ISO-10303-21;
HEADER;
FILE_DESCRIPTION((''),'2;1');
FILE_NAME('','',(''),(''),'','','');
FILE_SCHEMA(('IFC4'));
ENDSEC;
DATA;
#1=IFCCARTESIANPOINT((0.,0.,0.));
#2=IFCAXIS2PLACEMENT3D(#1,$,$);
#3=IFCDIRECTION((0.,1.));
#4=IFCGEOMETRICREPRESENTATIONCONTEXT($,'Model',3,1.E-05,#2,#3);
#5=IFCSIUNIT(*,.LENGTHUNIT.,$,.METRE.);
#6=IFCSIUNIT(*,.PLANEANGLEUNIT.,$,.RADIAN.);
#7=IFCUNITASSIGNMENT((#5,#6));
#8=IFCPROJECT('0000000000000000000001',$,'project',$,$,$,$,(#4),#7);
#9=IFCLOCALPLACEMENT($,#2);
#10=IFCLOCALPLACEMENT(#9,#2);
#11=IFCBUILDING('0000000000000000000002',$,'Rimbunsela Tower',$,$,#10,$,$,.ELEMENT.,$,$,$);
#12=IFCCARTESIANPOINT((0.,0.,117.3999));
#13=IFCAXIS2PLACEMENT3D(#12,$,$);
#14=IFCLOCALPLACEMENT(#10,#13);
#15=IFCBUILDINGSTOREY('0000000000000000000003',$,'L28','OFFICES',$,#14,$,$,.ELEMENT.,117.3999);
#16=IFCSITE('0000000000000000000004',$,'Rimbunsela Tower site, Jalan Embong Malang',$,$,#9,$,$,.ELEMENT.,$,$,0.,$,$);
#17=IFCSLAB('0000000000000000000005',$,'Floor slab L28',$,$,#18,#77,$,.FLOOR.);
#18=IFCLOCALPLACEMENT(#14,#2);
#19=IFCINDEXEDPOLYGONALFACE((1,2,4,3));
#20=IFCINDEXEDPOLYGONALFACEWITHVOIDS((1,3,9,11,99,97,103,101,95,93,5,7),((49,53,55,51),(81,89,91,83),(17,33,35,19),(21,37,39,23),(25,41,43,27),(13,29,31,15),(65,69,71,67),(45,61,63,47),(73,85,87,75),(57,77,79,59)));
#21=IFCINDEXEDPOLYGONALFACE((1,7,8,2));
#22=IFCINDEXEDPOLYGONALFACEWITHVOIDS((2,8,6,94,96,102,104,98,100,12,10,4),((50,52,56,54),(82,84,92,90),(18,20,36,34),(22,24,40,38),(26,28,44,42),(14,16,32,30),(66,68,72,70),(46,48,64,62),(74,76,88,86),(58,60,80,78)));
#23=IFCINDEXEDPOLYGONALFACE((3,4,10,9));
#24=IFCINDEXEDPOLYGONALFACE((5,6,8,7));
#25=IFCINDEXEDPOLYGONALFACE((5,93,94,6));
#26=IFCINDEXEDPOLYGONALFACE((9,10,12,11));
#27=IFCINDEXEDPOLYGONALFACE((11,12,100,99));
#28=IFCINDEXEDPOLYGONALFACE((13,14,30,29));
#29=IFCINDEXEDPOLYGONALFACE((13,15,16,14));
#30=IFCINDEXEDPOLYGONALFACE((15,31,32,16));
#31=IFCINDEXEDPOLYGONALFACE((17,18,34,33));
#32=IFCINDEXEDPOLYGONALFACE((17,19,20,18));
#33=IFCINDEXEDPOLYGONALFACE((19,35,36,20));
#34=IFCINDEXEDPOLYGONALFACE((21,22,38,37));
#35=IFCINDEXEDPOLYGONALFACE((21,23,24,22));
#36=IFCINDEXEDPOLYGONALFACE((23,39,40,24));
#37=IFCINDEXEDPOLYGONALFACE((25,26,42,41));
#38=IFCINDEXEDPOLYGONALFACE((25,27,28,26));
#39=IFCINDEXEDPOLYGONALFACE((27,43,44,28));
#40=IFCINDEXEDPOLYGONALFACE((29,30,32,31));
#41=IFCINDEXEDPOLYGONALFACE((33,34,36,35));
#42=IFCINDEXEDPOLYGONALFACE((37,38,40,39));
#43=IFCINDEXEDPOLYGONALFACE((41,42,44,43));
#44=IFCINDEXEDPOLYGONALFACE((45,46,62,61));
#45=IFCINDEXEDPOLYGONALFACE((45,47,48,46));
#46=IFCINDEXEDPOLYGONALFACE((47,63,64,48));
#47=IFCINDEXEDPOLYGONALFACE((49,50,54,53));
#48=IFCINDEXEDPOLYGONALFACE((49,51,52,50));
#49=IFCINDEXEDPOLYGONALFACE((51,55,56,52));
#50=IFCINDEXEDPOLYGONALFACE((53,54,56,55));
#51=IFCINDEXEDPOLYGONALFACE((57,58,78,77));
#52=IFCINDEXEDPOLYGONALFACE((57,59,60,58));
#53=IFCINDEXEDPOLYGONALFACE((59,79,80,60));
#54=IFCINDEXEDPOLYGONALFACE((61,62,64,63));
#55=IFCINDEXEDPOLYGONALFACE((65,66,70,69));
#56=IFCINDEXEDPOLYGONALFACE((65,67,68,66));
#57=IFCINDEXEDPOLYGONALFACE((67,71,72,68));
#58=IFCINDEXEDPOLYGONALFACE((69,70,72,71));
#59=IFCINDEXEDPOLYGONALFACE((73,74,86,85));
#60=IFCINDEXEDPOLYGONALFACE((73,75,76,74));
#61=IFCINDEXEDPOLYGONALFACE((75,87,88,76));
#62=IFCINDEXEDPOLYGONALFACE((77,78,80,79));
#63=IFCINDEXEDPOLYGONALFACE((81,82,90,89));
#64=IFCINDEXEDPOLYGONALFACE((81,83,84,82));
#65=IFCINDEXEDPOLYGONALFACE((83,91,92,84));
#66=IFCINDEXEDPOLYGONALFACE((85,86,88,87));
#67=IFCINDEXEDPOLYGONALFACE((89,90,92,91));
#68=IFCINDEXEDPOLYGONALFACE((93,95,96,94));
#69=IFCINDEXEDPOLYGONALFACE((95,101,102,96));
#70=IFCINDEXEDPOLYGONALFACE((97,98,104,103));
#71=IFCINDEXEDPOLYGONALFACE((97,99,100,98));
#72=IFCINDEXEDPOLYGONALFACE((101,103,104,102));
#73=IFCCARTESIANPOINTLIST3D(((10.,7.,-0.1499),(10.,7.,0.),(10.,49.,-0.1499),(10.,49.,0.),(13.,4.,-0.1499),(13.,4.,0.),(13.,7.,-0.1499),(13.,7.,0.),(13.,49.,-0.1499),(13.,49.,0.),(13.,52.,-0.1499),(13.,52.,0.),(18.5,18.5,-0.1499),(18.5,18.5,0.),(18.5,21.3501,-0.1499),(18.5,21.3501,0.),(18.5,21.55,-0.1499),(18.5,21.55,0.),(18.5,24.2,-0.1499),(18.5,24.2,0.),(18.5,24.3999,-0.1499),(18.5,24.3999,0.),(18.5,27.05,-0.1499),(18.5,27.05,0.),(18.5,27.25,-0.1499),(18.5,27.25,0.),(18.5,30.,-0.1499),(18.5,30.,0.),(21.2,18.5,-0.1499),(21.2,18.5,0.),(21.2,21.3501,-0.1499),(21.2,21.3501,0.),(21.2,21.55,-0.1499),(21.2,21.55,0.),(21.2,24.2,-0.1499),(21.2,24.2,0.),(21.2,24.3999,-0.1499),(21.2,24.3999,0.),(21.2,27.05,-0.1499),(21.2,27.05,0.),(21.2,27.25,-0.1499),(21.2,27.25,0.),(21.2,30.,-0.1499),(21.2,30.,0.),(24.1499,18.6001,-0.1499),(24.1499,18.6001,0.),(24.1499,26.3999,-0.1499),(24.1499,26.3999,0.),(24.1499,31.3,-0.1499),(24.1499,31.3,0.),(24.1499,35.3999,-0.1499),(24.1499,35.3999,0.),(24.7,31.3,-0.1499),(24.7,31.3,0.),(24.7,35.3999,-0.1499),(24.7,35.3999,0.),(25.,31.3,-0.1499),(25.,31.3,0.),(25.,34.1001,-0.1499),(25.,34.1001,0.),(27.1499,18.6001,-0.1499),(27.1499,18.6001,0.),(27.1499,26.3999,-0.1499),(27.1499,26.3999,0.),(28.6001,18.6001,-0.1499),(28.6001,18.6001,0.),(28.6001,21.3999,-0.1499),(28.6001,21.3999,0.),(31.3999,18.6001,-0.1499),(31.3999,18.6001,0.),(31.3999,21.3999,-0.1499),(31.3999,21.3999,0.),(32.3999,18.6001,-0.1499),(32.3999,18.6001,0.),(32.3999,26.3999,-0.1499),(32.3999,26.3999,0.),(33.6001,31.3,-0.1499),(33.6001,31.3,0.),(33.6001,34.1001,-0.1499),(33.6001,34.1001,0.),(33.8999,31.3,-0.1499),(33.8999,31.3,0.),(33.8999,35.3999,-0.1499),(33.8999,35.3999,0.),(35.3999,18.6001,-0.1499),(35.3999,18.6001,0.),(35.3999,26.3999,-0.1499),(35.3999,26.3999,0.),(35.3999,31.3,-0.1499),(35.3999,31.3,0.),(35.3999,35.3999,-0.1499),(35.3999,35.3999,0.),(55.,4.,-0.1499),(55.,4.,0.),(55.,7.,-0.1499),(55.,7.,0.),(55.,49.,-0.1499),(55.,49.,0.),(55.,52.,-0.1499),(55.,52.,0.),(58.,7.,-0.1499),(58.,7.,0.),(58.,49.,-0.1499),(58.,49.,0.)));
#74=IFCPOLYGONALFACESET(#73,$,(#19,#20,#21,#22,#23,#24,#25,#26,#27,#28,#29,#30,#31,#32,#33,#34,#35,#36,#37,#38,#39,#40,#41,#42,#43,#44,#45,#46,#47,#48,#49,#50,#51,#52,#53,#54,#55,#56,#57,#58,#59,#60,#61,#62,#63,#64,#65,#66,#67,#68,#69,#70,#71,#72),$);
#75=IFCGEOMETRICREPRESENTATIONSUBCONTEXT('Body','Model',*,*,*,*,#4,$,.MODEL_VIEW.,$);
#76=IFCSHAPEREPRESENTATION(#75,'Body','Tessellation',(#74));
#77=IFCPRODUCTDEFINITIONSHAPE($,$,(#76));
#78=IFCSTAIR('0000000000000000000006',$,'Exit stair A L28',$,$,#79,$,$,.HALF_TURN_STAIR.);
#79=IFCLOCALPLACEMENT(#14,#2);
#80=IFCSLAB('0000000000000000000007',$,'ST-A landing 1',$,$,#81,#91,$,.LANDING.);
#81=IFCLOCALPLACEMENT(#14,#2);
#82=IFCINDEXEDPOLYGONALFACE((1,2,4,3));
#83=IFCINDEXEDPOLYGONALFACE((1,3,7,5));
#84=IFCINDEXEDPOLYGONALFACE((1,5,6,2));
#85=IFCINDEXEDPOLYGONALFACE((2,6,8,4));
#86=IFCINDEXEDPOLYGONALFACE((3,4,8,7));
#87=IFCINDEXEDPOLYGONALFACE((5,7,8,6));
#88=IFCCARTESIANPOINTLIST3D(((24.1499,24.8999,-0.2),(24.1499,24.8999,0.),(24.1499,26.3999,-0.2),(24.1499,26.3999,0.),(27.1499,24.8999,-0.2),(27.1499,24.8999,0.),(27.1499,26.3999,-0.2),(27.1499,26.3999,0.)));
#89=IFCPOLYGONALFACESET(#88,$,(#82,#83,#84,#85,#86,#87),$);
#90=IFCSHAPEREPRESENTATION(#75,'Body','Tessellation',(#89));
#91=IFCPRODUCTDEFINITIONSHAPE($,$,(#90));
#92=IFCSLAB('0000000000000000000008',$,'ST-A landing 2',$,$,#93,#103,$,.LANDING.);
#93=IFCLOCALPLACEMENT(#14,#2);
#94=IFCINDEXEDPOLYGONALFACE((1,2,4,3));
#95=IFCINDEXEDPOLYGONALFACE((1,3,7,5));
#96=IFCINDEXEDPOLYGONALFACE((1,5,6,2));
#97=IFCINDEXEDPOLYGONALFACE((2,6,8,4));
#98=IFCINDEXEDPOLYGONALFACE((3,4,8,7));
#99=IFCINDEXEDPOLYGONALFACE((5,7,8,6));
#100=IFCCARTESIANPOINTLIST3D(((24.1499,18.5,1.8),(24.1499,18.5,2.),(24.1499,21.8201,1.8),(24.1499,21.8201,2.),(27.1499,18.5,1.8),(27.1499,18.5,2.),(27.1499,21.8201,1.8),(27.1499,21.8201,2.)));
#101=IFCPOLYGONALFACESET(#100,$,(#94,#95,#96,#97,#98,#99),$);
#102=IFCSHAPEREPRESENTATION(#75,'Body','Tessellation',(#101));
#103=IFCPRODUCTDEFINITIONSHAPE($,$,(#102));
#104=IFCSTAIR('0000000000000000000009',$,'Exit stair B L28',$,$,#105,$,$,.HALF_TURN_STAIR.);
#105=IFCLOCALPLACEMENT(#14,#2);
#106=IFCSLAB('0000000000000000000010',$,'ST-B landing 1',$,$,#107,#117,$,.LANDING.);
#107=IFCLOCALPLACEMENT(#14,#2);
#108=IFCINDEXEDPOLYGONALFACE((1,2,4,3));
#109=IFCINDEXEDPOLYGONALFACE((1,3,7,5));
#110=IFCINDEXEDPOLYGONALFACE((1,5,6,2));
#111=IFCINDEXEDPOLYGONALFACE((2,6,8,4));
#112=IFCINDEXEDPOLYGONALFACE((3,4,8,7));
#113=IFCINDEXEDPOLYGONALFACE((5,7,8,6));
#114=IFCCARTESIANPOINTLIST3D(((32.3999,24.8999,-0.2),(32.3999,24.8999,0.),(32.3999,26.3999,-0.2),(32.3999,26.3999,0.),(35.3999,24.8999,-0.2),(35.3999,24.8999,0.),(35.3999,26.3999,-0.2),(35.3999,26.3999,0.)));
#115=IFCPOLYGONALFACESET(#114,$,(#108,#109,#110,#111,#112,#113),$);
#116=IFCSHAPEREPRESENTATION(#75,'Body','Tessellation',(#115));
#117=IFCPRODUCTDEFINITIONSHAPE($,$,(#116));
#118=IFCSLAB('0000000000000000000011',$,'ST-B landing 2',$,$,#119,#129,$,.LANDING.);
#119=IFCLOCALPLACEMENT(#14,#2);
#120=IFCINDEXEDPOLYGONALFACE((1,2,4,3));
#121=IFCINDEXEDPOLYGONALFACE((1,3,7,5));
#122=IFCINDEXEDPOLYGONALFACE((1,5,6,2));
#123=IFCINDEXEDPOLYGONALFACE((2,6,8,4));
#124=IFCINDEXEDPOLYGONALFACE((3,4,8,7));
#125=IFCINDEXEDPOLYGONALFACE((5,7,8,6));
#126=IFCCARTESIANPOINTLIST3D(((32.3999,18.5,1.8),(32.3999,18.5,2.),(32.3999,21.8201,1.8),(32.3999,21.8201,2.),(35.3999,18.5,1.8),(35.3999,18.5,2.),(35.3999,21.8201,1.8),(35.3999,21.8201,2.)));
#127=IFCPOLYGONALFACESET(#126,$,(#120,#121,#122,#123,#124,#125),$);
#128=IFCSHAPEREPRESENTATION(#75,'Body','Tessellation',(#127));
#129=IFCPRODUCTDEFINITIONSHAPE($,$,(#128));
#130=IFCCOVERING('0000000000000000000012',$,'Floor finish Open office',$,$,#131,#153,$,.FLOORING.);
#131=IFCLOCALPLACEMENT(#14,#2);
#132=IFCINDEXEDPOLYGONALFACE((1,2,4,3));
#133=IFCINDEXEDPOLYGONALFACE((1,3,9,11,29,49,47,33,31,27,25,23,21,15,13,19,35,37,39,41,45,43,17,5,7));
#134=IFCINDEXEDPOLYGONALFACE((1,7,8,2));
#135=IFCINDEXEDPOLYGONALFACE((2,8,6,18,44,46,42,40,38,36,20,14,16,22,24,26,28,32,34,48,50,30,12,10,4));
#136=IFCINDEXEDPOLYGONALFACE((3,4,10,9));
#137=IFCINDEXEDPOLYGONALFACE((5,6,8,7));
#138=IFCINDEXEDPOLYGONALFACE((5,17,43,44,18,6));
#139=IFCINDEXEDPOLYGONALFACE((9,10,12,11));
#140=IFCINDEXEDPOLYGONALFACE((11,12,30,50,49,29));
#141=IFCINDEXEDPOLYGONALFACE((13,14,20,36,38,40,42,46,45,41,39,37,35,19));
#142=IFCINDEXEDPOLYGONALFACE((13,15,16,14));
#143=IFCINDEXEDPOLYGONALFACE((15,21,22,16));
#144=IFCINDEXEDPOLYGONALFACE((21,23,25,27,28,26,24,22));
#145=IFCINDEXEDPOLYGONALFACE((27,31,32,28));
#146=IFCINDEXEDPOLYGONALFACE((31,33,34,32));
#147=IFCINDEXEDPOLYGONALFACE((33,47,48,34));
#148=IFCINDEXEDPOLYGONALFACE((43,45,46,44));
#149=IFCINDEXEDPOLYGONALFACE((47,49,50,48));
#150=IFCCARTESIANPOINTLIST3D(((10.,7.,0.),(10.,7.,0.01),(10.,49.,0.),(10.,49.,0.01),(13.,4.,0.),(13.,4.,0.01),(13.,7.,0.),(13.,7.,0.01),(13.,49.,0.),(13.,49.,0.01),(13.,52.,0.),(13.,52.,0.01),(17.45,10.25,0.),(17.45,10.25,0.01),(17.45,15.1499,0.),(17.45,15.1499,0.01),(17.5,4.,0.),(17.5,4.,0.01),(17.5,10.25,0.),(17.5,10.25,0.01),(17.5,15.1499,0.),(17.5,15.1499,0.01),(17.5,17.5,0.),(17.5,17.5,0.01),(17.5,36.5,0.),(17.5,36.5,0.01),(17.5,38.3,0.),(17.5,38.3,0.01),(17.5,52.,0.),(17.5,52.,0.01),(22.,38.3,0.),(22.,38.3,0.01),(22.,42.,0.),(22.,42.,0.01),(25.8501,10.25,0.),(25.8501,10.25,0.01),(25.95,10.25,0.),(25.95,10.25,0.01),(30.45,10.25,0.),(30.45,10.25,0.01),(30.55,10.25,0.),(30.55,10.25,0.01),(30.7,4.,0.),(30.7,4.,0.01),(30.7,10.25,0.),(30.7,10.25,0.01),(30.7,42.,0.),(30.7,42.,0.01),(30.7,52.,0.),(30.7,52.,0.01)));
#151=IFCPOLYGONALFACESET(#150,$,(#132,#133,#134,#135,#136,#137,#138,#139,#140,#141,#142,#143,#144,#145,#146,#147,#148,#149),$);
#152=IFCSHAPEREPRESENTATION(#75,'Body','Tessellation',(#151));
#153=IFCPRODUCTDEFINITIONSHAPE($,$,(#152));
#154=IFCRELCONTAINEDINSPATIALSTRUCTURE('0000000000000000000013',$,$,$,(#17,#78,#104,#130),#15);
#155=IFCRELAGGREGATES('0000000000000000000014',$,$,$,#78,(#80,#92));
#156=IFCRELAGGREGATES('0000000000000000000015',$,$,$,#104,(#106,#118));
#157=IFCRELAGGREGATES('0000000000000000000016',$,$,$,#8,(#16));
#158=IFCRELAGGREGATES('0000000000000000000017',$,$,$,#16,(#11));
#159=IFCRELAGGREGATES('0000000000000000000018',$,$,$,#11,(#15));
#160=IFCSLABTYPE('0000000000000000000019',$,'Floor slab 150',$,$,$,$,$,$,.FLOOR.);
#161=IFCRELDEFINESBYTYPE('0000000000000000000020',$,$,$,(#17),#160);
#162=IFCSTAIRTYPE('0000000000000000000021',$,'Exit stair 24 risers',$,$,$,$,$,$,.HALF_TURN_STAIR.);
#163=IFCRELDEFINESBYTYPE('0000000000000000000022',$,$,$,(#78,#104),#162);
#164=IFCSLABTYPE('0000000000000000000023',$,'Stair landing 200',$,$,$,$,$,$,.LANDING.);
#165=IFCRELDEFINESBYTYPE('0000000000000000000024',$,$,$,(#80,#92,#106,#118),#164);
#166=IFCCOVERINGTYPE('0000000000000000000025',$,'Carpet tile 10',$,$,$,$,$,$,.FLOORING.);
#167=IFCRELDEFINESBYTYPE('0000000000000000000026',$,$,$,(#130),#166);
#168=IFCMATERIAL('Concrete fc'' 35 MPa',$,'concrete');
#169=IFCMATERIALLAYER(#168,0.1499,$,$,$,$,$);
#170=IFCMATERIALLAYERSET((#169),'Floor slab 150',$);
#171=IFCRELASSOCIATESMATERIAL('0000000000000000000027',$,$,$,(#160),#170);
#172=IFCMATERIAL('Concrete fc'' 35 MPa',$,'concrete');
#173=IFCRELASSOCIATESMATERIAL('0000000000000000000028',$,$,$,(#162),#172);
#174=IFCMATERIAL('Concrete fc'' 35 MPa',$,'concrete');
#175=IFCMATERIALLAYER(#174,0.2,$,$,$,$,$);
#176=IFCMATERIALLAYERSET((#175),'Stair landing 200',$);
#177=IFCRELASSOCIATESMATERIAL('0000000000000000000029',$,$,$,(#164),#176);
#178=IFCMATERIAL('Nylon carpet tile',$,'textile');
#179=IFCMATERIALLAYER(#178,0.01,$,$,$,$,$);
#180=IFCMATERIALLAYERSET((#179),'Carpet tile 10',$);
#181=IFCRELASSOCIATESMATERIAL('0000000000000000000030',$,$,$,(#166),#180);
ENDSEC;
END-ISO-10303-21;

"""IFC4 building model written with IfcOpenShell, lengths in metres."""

from ifc_helpers import new_model, si_unit, direction, frame, origin, place, context, subcontext, project, spatial, polyline, outline, extrude, material, layer, layer_set, type_object, element, aggregate, save


model = new_model("IFC4")

# Units and contexts
model_context = context("Model", 3, precision=1e-05, world=origin(), true_north=direction((0.0, 1.0)))
body_context = subcontext(model_context, "Body", "Model", "MODEL_VIEW")
ifc_project = project(units=[si_unit("LENGTHUNIT", "METRE"), si_unit("PLANEANGLEUNIT", "RADIAN")], contexts=[model_context])

# Site, building, storey
site_placement = place(None, origin())
site = spatial("IfcSite", under=ifc_project, at=site_placement, Name="Rimbunsela Tower site, Jalan Embong Malang", CompositionType="ELEMENT", RefElevation=0.0)
building_placement = place(site_placement, origin())
building = spatial("IfcBuilding", under=site, at=building_placement, Name="Rimbunsela Tower", CompositionType="ELEMENT")
storey_placement = place(building_placement, frame((0.0, 0.0, 117.3999)))
storey = spatial("IfcBuildingStorey", under=building, at=storey_placement, Name="L28", Description="OFFICES", CompositionType="ELEMENT", Elevation=117.3999)

# Slab
ifc_material_1 = material(Name="Concrete fc' 35 MPa", Category="concrete")
ifc_layer_1 = layer(ifc_material_1, 0.1499)
ifc_layer_set_1 = layer_set([ifc_layer_1], Name="Floor slab 150")
slab_type_1 = type_object("IfcSlabType", Name="Floor slab 150", PredefinedType="FLOOR", material=ifc_layer_set_1)
slab_1_placement = place(storey_placement, frame((0.0, 0.0, -0.1499)))
element("IfcSlab", 1, at=slab_1_placement, inside=storey, type_object=slab_type_1, Name="Floor slab L28", PredefinedType="FLOOR", context=body_context, shape_type="SweptSolid", body=[
    extrude(outline(polyline([(13.0, 4.0), (55.0, 4.0), (55.0, 7.0), (58.0, 7.0), (58.0, 49.0), (55.0, 49.0), (55.0, 52.0), (13.0, 52.0), (13.0, 49.0), (10.0, 49.0), (10.0, 7.0), (13.0, 7.0), (13.0, 4.0)]), holes=[polyline([(21.2, 21.3501), (18.5, 21.3501), (18.5, 18.5), (21.2, 18.5), (21.2, 21.3501)]), polyline([(21.2, 21.55), (21.2, 24.2), (18.5, 24.2), (18.5, 21.55), (21.2, 21.55)]), polyline([(21.2, 27.05), (18.5, 27.05), (18.5, 24.3999), (21.2, 24.3999), (21.2, 27.05)]), polyline([(21.2, 27.25), (21.2, 30.0), (18.5, 30.0), (18.5, 27.25), (21.2, 27.25)]), polyline([(27.1499, 18.6001), (27.1499, 26.3999), (24.1499, 26.3999), (24.1499, 18.6001), (27.1499, 18.6001)]), polyline([(24.7, 31.3), (24.7, 35.3999), (24.1499, 35.3999), (24.1499, 31.3), (24.7, 31.3)]), polyline([(25.0, 34.1001), (25.0, 31.3), (33.6001, 31.3), (33.6001, 34.1001), (25.0, 34.1001)]), polyline([(31.3999, 21.3999), (28.6001, 21.3999), (28.6001, 18.6001), (31.3999, 18.6001), (31.3999, 21.3999)]), polyline([(35.3999, 18.6001), (35.3999, 26.3999), (32.3999, 26.3999), (32.3999, 18.6001), (35.3999, 18.6001)]), polyline([(35.3999, 31.3), (35.3999, 35.3999), (33.8999, 35.3999), (33.8999, 31.3), (35.3999, 31.3)])]), origin(), (0.0, 0.0, 1.0), 0.1499),
])

# Stairs, slabs
ifc_material_2 = material(Name="Concrete fc' 35 MPa", Category="concrete")
stair_type = type_object("IfcStairType", Name="Exit stair 24 risers", PredefinedType="HALF_TURN_STAIR", material=ifc_material_2)
stair_1_placement = place(storey_placement, origin())
stair_1 = element("IfcStair", 2, at=stair_1_placement, inside=storey, type_object=stair_type, Name="Exit stair A L28", PredefinedType="HALF_TURN_STAIR")
ifc_material_3 = material(Name="Concrete fc' 35 MPa", Category="concrete")
ifc_layer_2 = layer(ifc_material_3, 0.2)
ifc_layer_set_2 = layer_set([ifc_layer_2], Name="Stair landing 200")
slab_type_2 = type_object("IfcSlabType", Name="Stair landing 200", PredefinedType="LANDING", material=ifc_layer_set_2)
slab_2_placement = place(storey_placement, frame((0.0, 0.0, -0.2)))
slab_2 = element("IfcSlab", 3, at=slab_2_placement, type_object=slab_type_2, Name="ST-A landing 1", PredefinedType="LANDING", context=body_context, shape_type="SweptSolid", body=[
    extrude(outline(polyline([(24.1499, 24.8999), (27.1499, 24.8999), (27.1499, 26.3999), (24.1499, 26.3999), (24.1499, 24.8999)])), origin(), (0.0, 0.0, 1.0), 0.2),
])
slab_3_placement = place(storey_placement, frame((0.0, 0.0, 1.8)))
slab_3 = element("IfcSlab", 4, at=slab_3_placement, type_object=slab_type_2, Name="ST-A landing 2", PredefinedType="LANDING", context=body_context, shape_type="SweptSolid", body=[
    extrude(outline(polyline([(24.1499, 18.5), (27.1499, 18.5), (27.1499, 21.8201), (24.1499, 21.8201), (24.1499, 18.5)])), origin(), (0.0, 0.0, 1.0), 0.2),
])
aggregate(stair_1, [slab_2, slab_3])
stair_2_placement = place(storey_placement, origin())
stair_2 = element("IfcStair", 5, at=stair_2_placement, inside=storey, type_object=stair_type, Name="Exit stair B L28", PredefinedType="HALF_TURN_STAIR")
slab_4_placement = place(storey_placement, frame((0.0, 0.0, -0.2)))
slab_4 = element("IfcSlab", 6, at=slab_4_placement, type_object=slab_type_2, Name="ST-B landing 1", PredefinedType="LANDING", context=body_context, shape_type="SweptSolid", body=[
    extrude(outline(polyline([(32.3999, 24.8999), (35.3999, 24.8999), (35.3999, 26.3999), (32.3999, 26.3999), (32.3999, 24.8999)])), origin(), (0.0, 0.0, 1.0), 0.2),
])
slab_5_placement = place(storey_placement, frame((0.0, 0.0, 1.8)))
slab_5 = element("IfcSlab", 7, at=slab_5_placement, type_object=slab_type_2, Name="ST-B landing 2", PredefinedType="LANDING", context=body_context, shape_type="SweptSolid", body=[
    extrude(outline(polyline([(32.3999, 18.5), (35.3999, 18.5), (35.3999, 21.8201), (32.3999, 21.8201), (32.3999, 18.5)])), origin(), (0.0, 0.0, 1.0), 0.2),
])
aggregate(stair_2, [slab_4, slab_5])

# Covering
ifc_material_4 = material(Name="Nylon carpet tile", Category="textile")
ifc_layer_3 = layer(ifc_material_4, 0.01)
ifc_layer_set_3 = layer_set([ifc_layer_3], Name="Carpet tile 10")
covering_type_1 = type_object("IfcCoveringType", Name="Carpet tile 10", PredefinedType="FLOORING", material=ifc_layer_set_3)
covering_1_placement = place(storey_placement, origin())
element("IfcCovering", 8, at=covering_1_placement, inside=storey, type_object=covering_type_1, Name="Floor finish Open office", PredefinedType="FLOORING", context=body_context, shape_type="SweptSolid", body=[
    extrude(outline(polyline([(17.5, 4.0), (13.0, 4.0), (13.0, 7.0), (10.0, 7.0), (10.0, 49.0), (13.0, 49.0), (13.0, 52.0), (17.5, 52.0), (30.7, 52.0), (30.7, 42.0), (22.0, 42.0), (22.0, 38.3), (17.5, 38.3), (17.5, 36.5), (17.5, 17.5), (17.5, 15.1499), (17.45, 15.1499), (17.45, 10.25), (17.5, 10.25), (25.8501, 10.25), (25.95, 10.25), (30.45, 10.25), (30.55, 10.25), (30.7, 10.25), (30.7, 4.0), (17.5, 4.0)])), origin(), (0.0, 0.0, 1.0), 0.01),
])

save(model, "model.ifc")
